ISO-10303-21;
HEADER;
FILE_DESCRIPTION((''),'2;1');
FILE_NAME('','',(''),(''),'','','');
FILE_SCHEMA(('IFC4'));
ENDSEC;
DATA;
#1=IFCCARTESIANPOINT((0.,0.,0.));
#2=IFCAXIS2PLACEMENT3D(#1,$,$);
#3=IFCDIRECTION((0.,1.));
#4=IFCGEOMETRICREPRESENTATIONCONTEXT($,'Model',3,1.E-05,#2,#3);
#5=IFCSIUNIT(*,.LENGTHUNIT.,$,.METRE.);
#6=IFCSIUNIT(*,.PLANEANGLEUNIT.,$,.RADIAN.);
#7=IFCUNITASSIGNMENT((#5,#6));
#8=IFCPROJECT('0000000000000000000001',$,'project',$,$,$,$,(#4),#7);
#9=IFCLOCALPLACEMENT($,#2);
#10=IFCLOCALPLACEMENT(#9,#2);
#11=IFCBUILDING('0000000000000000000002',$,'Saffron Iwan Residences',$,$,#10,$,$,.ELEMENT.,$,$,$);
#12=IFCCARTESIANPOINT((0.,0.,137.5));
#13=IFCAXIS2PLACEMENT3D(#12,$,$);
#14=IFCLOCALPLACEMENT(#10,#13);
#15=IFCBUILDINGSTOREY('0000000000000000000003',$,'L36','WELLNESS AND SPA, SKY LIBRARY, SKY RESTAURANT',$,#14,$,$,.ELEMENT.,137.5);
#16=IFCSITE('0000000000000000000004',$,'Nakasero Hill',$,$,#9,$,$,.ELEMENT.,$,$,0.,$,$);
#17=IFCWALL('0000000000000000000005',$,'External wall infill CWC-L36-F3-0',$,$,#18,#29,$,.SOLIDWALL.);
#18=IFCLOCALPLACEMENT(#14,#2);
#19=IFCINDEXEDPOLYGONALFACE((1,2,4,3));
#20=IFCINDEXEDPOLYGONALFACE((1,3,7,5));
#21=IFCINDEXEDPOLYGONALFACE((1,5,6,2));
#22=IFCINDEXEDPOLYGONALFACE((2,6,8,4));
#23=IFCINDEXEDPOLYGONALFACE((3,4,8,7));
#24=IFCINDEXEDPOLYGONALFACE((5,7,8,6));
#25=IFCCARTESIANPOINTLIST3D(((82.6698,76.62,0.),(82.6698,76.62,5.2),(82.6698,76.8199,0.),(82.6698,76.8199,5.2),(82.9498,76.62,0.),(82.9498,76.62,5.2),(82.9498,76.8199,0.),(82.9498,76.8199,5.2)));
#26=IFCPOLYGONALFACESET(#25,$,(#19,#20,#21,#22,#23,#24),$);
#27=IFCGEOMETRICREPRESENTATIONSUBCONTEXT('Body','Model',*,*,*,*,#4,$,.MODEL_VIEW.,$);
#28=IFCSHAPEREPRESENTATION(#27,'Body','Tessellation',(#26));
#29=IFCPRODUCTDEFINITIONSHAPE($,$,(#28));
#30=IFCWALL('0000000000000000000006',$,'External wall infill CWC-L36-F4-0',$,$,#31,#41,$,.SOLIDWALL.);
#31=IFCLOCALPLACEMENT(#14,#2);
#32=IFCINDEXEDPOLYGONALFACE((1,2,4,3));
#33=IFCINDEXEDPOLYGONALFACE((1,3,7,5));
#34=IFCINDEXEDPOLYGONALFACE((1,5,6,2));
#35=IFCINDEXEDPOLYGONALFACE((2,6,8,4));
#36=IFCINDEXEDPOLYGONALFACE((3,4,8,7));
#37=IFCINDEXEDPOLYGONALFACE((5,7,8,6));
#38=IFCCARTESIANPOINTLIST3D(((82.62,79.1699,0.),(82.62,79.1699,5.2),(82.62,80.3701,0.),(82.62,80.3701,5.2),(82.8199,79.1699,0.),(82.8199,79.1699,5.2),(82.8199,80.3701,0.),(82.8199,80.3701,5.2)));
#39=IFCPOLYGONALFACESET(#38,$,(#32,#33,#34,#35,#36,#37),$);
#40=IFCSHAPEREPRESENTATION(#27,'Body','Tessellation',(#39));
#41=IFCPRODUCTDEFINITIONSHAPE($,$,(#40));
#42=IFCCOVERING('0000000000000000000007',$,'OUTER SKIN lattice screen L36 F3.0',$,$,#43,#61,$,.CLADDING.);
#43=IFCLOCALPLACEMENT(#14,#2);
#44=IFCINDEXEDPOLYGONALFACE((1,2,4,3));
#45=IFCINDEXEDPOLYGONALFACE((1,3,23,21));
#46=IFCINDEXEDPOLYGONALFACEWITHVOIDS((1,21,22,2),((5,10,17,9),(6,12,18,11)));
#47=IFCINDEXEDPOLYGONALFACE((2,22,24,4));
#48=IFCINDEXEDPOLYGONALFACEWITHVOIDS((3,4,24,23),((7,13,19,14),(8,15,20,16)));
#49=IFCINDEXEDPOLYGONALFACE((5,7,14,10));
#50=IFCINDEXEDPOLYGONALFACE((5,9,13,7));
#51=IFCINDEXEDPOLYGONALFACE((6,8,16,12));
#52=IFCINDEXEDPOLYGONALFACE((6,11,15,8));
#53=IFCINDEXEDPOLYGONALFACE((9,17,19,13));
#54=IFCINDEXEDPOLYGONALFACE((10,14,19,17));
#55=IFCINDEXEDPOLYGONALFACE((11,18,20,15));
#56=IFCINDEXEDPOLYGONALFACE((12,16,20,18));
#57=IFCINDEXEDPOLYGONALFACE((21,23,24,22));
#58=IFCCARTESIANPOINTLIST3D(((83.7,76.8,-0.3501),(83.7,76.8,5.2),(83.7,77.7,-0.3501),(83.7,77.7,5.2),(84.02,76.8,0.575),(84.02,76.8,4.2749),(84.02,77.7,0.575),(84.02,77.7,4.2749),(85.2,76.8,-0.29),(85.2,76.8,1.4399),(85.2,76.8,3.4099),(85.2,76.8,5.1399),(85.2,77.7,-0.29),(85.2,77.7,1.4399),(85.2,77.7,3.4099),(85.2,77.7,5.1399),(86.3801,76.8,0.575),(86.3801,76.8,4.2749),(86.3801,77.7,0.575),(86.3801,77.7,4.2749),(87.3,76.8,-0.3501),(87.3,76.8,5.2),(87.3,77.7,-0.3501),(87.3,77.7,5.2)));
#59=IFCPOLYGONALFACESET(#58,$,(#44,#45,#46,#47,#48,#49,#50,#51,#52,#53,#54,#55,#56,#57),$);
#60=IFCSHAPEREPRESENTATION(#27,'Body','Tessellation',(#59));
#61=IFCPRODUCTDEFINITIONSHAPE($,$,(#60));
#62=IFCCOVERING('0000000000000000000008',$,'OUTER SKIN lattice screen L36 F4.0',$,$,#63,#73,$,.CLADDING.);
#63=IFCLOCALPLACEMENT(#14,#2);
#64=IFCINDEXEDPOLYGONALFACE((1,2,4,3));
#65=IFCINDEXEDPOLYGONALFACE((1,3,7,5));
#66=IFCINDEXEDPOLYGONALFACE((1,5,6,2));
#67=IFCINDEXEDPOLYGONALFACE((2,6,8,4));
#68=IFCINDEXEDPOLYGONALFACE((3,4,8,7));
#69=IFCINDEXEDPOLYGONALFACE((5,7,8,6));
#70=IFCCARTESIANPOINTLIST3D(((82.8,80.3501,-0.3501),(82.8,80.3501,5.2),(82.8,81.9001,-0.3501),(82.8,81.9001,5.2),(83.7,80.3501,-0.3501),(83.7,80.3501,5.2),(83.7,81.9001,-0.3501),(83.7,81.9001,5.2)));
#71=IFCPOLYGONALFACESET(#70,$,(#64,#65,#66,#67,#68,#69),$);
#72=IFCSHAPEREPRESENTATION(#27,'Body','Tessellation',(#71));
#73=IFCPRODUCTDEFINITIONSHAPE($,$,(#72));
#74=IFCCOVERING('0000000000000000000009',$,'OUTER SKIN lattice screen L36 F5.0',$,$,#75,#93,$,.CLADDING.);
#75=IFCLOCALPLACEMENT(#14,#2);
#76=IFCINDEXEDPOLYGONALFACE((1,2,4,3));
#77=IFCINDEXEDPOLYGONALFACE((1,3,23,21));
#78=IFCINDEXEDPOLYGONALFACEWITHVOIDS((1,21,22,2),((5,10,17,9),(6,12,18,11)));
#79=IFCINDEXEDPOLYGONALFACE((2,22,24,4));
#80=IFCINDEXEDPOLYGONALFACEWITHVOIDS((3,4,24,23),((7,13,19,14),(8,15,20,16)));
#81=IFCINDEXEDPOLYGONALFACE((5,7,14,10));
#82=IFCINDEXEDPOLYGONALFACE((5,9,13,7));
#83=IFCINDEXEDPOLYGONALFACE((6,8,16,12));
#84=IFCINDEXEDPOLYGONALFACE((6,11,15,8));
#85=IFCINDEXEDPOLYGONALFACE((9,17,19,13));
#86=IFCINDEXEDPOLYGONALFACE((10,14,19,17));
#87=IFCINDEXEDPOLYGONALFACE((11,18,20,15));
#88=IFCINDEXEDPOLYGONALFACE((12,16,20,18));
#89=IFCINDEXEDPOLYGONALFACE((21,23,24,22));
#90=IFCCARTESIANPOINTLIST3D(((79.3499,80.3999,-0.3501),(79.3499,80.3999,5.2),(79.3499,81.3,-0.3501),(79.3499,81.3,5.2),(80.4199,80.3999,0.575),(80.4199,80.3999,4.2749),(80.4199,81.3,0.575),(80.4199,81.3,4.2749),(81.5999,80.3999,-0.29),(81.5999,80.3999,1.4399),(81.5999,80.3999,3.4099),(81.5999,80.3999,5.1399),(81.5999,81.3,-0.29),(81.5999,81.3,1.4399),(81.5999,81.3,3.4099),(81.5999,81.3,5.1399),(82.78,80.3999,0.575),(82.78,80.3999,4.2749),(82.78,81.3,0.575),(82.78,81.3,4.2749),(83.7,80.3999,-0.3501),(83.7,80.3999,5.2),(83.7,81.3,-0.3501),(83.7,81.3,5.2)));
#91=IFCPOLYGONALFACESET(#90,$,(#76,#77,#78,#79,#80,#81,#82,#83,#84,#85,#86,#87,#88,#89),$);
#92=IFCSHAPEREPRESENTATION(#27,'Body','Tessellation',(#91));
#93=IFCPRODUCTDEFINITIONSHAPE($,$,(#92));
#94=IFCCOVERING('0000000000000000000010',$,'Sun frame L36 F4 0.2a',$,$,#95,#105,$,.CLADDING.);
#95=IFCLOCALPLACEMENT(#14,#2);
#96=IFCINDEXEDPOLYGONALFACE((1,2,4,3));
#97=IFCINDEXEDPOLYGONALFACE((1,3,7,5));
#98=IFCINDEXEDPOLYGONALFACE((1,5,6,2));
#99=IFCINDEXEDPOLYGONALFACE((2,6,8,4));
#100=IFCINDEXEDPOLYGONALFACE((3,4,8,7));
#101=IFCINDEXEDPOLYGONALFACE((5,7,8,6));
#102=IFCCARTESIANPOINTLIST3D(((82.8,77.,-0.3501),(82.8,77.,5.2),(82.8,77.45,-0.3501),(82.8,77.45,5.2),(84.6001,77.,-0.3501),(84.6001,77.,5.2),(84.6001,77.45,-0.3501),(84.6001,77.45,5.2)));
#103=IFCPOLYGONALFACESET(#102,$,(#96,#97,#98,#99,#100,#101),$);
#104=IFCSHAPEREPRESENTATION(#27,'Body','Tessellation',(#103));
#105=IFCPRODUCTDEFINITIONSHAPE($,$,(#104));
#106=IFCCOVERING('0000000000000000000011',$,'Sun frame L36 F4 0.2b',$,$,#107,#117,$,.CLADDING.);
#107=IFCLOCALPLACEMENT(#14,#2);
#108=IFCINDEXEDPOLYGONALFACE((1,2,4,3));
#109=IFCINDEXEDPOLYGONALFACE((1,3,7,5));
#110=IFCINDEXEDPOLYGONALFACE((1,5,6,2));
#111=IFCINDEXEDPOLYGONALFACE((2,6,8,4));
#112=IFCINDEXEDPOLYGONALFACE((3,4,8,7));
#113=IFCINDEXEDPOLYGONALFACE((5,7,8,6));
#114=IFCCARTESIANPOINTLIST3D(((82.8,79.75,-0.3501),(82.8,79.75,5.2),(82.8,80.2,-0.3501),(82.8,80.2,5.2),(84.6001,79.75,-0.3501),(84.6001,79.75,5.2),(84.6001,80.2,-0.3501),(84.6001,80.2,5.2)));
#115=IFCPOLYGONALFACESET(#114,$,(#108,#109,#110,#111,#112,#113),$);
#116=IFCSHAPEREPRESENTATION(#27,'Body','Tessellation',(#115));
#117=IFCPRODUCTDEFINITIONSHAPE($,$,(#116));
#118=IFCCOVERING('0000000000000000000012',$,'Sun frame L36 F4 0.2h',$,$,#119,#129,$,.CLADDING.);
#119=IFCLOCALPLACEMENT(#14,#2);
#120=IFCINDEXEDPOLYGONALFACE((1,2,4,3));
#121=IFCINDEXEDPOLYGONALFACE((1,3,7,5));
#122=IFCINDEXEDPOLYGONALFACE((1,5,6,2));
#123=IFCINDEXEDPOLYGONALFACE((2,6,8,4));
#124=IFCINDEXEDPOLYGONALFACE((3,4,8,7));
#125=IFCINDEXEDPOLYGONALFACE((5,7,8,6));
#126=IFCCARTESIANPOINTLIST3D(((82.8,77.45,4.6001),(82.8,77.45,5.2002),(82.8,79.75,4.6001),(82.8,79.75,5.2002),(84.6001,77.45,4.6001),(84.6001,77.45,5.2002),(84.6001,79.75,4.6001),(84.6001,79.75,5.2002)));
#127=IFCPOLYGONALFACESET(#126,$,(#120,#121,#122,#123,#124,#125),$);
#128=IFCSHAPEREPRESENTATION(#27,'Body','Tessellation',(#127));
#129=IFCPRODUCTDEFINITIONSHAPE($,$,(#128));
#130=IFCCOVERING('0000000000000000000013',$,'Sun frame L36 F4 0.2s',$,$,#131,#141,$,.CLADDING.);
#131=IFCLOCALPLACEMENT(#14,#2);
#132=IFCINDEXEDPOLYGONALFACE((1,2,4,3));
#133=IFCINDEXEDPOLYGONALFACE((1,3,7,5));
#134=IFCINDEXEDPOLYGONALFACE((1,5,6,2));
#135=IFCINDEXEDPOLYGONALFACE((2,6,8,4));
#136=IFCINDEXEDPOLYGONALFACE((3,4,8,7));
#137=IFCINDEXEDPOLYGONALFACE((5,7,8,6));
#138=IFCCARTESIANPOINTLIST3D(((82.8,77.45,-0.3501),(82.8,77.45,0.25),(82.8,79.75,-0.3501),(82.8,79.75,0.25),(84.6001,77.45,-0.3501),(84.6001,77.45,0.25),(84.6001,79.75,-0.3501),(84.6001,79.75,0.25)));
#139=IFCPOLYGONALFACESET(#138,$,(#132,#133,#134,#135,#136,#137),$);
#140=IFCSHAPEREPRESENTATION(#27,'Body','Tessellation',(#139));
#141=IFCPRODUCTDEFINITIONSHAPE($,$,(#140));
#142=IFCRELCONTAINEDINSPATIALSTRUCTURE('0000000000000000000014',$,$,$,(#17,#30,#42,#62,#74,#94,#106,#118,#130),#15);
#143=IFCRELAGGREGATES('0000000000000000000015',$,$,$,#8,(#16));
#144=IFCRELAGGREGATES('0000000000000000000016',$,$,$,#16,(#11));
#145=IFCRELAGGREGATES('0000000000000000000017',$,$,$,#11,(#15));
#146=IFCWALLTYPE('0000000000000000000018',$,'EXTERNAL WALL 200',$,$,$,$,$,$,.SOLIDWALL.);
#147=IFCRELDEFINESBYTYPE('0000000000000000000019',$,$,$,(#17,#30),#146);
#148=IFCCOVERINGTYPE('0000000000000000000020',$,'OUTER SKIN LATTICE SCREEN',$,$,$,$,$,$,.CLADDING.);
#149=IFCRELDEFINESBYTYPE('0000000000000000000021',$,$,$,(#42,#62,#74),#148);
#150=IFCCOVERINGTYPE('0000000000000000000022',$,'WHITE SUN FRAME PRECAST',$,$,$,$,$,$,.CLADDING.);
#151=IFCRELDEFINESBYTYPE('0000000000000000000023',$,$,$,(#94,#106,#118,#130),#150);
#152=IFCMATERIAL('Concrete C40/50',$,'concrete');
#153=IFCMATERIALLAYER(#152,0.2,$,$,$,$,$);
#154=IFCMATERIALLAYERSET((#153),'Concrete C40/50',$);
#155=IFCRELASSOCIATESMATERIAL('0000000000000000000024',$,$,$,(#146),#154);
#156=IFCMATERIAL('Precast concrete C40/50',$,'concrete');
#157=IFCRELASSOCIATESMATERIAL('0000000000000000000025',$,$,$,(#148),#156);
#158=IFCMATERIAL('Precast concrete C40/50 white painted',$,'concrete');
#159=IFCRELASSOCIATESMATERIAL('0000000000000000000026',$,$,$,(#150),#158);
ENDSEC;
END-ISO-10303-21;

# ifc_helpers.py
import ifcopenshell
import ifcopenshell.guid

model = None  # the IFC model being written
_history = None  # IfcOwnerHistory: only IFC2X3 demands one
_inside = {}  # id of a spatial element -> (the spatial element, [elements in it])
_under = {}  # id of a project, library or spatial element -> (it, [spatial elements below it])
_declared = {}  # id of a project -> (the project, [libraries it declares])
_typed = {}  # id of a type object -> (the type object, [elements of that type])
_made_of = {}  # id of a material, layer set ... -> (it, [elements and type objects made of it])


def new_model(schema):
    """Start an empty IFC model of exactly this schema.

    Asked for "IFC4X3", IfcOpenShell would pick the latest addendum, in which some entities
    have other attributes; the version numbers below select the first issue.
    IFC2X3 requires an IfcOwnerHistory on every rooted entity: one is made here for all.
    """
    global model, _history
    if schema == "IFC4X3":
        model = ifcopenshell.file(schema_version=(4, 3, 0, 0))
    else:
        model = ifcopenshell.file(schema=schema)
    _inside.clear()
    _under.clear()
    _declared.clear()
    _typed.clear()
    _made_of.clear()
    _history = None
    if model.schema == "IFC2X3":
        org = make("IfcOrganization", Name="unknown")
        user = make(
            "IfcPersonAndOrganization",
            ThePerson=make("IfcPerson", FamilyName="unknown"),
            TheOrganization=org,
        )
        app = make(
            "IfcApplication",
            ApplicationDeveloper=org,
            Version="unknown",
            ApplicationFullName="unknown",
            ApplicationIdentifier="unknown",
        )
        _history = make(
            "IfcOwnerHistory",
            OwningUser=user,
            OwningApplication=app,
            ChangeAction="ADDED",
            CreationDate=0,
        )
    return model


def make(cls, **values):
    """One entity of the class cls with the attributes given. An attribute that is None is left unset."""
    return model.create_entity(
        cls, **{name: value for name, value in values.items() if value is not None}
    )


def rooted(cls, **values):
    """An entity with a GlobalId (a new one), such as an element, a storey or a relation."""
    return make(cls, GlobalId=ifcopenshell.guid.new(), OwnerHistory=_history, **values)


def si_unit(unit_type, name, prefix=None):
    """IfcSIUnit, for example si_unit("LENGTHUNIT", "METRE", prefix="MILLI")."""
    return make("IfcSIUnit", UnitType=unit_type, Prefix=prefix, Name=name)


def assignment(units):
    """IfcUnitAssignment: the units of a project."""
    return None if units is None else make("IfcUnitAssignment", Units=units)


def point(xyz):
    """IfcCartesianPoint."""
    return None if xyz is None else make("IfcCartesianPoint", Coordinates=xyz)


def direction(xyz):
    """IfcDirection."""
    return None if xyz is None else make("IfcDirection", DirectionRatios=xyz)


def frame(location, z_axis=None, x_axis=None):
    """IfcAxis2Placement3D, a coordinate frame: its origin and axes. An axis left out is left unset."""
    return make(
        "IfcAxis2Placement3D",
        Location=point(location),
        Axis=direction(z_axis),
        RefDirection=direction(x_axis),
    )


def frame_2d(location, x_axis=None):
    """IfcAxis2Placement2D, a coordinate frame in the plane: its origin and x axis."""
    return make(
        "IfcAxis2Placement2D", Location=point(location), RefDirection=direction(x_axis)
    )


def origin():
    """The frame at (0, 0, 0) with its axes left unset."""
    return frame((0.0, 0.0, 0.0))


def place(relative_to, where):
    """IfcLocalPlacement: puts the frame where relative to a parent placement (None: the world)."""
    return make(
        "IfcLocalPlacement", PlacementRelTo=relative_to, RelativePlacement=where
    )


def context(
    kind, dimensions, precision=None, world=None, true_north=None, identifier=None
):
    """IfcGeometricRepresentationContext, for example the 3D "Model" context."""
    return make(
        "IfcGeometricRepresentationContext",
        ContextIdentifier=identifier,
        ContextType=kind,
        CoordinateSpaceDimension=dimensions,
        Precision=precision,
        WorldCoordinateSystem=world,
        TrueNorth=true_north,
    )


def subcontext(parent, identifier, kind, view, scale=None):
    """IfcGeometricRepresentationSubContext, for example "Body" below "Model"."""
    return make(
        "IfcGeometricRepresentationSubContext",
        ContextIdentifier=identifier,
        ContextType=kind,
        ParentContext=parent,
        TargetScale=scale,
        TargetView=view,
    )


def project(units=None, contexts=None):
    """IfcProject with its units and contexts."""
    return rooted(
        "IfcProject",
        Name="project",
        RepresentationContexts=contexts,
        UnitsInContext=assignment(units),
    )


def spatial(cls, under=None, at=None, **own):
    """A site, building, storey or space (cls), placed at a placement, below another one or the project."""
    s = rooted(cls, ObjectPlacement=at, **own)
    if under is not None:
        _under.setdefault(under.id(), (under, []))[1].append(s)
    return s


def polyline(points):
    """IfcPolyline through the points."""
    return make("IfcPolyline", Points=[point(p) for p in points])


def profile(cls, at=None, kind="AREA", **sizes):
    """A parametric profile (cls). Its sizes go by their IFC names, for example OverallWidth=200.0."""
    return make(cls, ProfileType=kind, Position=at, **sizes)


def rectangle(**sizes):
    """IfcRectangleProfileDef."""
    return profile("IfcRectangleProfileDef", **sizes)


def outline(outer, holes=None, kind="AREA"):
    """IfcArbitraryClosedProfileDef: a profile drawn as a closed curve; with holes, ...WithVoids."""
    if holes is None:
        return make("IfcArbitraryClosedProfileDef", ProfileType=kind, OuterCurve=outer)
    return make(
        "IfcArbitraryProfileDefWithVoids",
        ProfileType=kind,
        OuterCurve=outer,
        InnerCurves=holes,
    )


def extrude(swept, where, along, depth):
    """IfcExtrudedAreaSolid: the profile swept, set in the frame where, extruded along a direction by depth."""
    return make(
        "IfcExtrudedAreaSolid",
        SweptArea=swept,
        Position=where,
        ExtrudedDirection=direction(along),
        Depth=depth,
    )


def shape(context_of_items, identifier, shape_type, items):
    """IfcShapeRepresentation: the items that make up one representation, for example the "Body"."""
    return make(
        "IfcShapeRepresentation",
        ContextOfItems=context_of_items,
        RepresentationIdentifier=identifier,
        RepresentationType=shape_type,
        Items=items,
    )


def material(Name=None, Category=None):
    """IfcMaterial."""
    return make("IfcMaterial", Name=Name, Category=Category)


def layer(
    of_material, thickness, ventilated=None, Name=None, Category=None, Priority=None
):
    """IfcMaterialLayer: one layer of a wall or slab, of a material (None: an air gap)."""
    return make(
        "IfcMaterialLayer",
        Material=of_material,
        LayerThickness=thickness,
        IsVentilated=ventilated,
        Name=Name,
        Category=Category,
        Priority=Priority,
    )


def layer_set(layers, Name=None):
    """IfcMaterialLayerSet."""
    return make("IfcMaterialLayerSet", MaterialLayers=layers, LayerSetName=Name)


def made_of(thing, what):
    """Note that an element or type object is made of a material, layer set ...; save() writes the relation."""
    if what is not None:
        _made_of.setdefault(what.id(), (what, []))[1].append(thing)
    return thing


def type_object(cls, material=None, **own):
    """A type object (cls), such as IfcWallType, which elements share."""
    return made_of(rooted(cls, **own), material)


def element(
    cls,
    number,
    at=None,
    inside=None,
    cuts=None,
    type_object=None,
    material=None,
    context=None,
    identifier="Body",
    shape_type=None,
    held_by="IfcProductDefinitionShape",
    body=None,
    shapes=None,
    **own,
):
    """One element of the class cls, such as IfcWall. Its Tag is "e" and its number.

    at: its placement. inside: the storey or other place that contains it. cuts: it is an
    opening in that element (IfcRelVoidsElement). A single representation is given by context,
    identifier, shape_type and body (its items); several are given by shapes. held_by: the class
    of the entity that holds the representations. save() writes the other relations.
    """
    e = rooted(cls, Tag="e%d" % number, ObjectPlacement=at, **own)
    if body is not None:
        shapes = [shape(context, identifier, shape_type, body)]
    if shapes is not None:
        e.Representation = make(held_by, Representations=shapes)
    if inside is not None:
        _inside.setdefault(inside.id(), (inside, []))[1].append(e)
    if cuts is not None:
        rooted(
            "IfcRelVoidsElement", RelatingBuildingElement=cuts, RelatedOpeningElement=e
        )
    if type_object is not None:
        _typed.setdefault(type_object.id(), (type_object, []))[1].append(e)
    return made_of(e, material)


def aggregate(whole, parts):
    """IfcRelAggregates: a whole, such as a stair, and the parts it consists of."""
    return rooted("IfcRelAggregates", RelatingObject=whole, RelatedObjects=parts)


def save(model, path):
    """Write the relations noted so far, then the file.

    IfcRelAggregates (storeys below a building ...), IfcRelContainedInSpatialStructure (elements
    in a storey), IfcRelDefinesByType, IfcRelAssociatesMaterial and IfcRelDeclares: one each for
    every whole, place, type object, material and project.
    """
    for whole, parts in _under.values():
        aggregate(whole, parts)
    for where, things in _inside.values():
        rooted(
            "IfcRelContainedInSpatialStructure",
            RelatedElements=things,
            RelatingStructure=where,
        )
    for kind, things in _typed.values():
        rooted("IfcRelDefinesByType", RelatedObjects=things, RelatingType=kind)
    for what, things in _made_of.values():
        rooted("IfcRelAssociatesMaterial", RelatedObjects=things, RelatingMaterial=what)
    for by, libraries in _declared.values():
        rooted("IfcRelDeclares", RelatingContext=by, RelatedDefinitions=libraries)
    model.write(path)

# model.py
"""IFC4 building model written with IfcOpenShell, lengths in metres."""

from ifc_helpers import new_model, si_unit, direction, frame, frame_2d, origin, place, context, subcontext, project, spatial, polyline, rectangle, outline, extrude, material, layer, layer_set, type_object, element, save


model = new_model("IFC4")

# Units and contexts
model_context = context("Model", 3, precision=1e-05, world=origin(), true_north=direction((0.0, 1.0)))
body_context = subcontext(model_context, "Body", "Model", "MODEL_VIEW")
ifc_project = project(units=[si_unit("LENGTHUNIT", "METRE"), si_unit("PLANEANGLEUNIT", "RADIAN")], contexts=[model_context])

# Site, building, storey
site_placement = place(None, origin())
site = spatial("IfcSite", under=ifc_project, at=site_placement, Name="Nakasero Hill", CompositionType="ELEMENT", RefElevation=0.0)
building_placement = place(site_placement, origin())
building = spatial("IfcBuilding", under=site, at=building_placement, Name="Saffron Iwan Residences", CompositionType="ELEMENT")
storey_placement = place(building_placement, frame((0.0, 0.0, 137.5)))
storey = spatial("IfcBuildingStorey", under=building, at=storey_placement, Name="L36", Description="WELLNESS AND SPA, SKY LIBRARY, SKY RESTAURANT", CompositionType="ELEMENT", Elevation=137.5)

# Walls
ifc_material_1 = material(Name="Concrete C40/50", Category="concrete")
ifc_layer_1 = layer(ifc_material_1, 0.2)
ifc_layer_set_1 = layer_set([ifc_layer_1], Name="Concrete C40/50")
wall_type = type_object("IfcWallType", Name="EXTERNAL WALL 200", PredefinedType="SOLIDWALL", material=ifc_layer_set_1)
wall_1_placement = place(storey_placement, frame((82.95, 76.72, 0.0), z_axis=(0.0, 0.0, 1.0), x_axis=(-1.0, 0.0, 0.0)))
element("IfcWall", 1, at=wall_1_placement, inside=storey, type_object=wall_type, Name="External wall infill CWC-L36-F3-0", PredefinedType="SOLIDWALL", context=body_context, shape_type="SweptSolid", body=[
    extrude(rectangle(XDim=0.28, YDim=0.2, at=frame_2d((0.1401, 0.0))), origin(), (0.0, 0.0, 1.0), 5.2),
])
wall_2_placement = place(storey_placement, frame((82.72, 79.1699, 0.0), z_axis=(0.0, 0.0, 1.0), x_axis=(0.0, 1.0, 0.0)))
element("IfcWall", 2, at=wall_2_placement, inside=storey, type_object=wall_type, Name="External wall infill CWC-L36-F4-0", PredefinedType="SOLIDWALL", context=body_context, shape_type="SweptSolid", body=[
    extrude(rectangle(XDim=1.2002, YDim=0.2, at=frame_2d((0.6001, 0.0))), origin(), (0.0, 0.0, 1.0), 5.2),
])

# Coverings
ifc_material_2 = material(Name="Precast concrete C40/50", Category="concrete")
covering_type_1 = type_object("IfcCoveringType", Name="OUTER SKIN LATTICE SCREEN", PredefinedType="CLADDING", material=ifc_material_2)
covering_1_placement = place(storey_placement, frame((87.3, 76.8, -0.3501), z_axis=(0.0, 1.0, 0.0), x_axis=(-1.0, 0.0, 0.0)))
element("IfcCovering", 3, at=covering_1_placement, inside=storey, type_object=covering_type_1, Name="OUTER SKIN lattice screen L36 F3.0", PredefinedType="CLADDING", context=body_context, shape_type="SweptSolid", body=[
    extrude(outline(polyline([(0.0, 0.0), (3.6001, 0.0), (3.6001, 5.55), (0.0, 5.55), (0.0, 0.0)]), holes=[polyline([(0.9199, 0.925), (2.1001, 0.0601), (3.28, 0.925), (2.1001, 1.79), (0.9199, 0.925)]), polyline([(0.9199, 4.625), (2.1001, 3.76), (3.28, 4.625), (2.1001, 5.49), (0.9199, 4.625)])]), origin(), (0.0, 0.0, 1.0), 0.8999),
])
covering_2_placement = place(storey_placement, frame((82.8, 80.3501, -0.3501), z_axis=(1.0, 0.0, 0.0), x_axis=(0.0, 1.0, 0.0)))
element("IfcCovering", 4, at=covering_2_placement, inside=storey, type_object=covering_type_1, Name="OUTER SKIN lattice screen L36 F4.0", PredefinedType="CLADDING", context=body_context, shape_type="SweptSolid", body=[
    extrude(outline(polyline([(0.0, 0.0), (1.55, 0.0), (1.55, 5.55), (0.0, 5.55), (0.0, 0.0)])), origin(), (0.0, 0.0, 1.0), 0.8999),
])
covering_3_placement = place(storey_placement, frame((83.7, 80.3999, -0.3501), z_axis=(0.0, 1.0, 0.0), x_axis=(-1.0, 0.0, 0.0)))
element("IfcCovering", 5, at=covering_3_placement, inside=storey, type_object=covering_type_1, Name="OUTER SKIN lattice screen L36 F5.0", PredefinedType="CLADDING", context=body_context, shape_type="SweptSolid", body=[
    extrude(outline(polyline([(0.0, 0.0), (4.3501, 0.0), (4.3501, 5.55), (0.0, 5.55), (0.0, 0.0)]), holes=[polyline([(0.9199, 0.925), (2.1001, 0.0601), (3.28, 0.925), (2.1001, 1.79), (0.9199, 0.925)]), polyline([(0.9199, 4.625), (2.1001, 3.76), (3.28, 4.625), (2.1001, 5.49), (0.9199, 4.625)])]), origin(), (0.0, 0.0, 1.0), 0.9001),
])
ifc_material_3 = material(Name="Precast concrete C40/50 white painted", Category="concrete")
covering_type_2 = type_object("IfcCoveringType", Name="WHITE SUN FRAME PRECAST", PredefinedType="CLADDING", material=ifc_material_3)
for number, where, z_axis, x_axis, name in (
    (6, (82.8, 77.0, -0.3501), (1.0, 0.0, 0.0), (0.0, 1.0, 0.0), "Sun frame L36 F4 0.2a"),
    (7, (82.8, 79.75, -0.3501), (1.0, 0.0, 0.0), (0.0, 1.0, 0.0), "Sun frame L36 F4 0.2b"),
):
    element("IfcCovering", number, at=place(storey_placement, frame(where, z_axis=z_axis, x_axis=x_axis)), inside=storey, type_object=covering_type_2, Name=name, PredefinedType="CLADDING", context=body_context, shape_type="SweptSolid", body=[
        extrude(outline(polyline([(0.0, 0.0), (0.45, 0.0), (0.45, 5.55), (0.0, 5.55), (0.0, 0.0)])), origin(), (0.0, 0.0, 1.0), 1.8),
    ])
for number, where, z_axis, x_axis, name in (
    (8, (82.8, 77.45, 4.6001), (1.0, 0.0, 0.0), (0.0, 1.0, 0.0), "Sun frame L36 F4 0.2h"),
    (9, (82.8, 77.45, -0.3501), (1.0, 0.0, 0.0), (0.0, 1.0, 0.0), "Sun frame L36 F4 0.2s"),
):
    element("IfcCovering", number, at=place(storey_placement, frame(where, z_axis=z_axis, x_axis=x_axis)), inside=storey, type_object=covering_type_2, Name=name, PredefinedType="CLADDING", context=body_context, shape_type="SweptSolid", body=[
        extrude(outline(polyline([(0.0, 0.0), (2.3, 0.0), (2.3, 0.6001), (0.0, 0.6001), (0.0, 0.0)])), origin(), (0.0, 0.0, 1.0), 1.8),
    ])

save(model, "model.ifc")
